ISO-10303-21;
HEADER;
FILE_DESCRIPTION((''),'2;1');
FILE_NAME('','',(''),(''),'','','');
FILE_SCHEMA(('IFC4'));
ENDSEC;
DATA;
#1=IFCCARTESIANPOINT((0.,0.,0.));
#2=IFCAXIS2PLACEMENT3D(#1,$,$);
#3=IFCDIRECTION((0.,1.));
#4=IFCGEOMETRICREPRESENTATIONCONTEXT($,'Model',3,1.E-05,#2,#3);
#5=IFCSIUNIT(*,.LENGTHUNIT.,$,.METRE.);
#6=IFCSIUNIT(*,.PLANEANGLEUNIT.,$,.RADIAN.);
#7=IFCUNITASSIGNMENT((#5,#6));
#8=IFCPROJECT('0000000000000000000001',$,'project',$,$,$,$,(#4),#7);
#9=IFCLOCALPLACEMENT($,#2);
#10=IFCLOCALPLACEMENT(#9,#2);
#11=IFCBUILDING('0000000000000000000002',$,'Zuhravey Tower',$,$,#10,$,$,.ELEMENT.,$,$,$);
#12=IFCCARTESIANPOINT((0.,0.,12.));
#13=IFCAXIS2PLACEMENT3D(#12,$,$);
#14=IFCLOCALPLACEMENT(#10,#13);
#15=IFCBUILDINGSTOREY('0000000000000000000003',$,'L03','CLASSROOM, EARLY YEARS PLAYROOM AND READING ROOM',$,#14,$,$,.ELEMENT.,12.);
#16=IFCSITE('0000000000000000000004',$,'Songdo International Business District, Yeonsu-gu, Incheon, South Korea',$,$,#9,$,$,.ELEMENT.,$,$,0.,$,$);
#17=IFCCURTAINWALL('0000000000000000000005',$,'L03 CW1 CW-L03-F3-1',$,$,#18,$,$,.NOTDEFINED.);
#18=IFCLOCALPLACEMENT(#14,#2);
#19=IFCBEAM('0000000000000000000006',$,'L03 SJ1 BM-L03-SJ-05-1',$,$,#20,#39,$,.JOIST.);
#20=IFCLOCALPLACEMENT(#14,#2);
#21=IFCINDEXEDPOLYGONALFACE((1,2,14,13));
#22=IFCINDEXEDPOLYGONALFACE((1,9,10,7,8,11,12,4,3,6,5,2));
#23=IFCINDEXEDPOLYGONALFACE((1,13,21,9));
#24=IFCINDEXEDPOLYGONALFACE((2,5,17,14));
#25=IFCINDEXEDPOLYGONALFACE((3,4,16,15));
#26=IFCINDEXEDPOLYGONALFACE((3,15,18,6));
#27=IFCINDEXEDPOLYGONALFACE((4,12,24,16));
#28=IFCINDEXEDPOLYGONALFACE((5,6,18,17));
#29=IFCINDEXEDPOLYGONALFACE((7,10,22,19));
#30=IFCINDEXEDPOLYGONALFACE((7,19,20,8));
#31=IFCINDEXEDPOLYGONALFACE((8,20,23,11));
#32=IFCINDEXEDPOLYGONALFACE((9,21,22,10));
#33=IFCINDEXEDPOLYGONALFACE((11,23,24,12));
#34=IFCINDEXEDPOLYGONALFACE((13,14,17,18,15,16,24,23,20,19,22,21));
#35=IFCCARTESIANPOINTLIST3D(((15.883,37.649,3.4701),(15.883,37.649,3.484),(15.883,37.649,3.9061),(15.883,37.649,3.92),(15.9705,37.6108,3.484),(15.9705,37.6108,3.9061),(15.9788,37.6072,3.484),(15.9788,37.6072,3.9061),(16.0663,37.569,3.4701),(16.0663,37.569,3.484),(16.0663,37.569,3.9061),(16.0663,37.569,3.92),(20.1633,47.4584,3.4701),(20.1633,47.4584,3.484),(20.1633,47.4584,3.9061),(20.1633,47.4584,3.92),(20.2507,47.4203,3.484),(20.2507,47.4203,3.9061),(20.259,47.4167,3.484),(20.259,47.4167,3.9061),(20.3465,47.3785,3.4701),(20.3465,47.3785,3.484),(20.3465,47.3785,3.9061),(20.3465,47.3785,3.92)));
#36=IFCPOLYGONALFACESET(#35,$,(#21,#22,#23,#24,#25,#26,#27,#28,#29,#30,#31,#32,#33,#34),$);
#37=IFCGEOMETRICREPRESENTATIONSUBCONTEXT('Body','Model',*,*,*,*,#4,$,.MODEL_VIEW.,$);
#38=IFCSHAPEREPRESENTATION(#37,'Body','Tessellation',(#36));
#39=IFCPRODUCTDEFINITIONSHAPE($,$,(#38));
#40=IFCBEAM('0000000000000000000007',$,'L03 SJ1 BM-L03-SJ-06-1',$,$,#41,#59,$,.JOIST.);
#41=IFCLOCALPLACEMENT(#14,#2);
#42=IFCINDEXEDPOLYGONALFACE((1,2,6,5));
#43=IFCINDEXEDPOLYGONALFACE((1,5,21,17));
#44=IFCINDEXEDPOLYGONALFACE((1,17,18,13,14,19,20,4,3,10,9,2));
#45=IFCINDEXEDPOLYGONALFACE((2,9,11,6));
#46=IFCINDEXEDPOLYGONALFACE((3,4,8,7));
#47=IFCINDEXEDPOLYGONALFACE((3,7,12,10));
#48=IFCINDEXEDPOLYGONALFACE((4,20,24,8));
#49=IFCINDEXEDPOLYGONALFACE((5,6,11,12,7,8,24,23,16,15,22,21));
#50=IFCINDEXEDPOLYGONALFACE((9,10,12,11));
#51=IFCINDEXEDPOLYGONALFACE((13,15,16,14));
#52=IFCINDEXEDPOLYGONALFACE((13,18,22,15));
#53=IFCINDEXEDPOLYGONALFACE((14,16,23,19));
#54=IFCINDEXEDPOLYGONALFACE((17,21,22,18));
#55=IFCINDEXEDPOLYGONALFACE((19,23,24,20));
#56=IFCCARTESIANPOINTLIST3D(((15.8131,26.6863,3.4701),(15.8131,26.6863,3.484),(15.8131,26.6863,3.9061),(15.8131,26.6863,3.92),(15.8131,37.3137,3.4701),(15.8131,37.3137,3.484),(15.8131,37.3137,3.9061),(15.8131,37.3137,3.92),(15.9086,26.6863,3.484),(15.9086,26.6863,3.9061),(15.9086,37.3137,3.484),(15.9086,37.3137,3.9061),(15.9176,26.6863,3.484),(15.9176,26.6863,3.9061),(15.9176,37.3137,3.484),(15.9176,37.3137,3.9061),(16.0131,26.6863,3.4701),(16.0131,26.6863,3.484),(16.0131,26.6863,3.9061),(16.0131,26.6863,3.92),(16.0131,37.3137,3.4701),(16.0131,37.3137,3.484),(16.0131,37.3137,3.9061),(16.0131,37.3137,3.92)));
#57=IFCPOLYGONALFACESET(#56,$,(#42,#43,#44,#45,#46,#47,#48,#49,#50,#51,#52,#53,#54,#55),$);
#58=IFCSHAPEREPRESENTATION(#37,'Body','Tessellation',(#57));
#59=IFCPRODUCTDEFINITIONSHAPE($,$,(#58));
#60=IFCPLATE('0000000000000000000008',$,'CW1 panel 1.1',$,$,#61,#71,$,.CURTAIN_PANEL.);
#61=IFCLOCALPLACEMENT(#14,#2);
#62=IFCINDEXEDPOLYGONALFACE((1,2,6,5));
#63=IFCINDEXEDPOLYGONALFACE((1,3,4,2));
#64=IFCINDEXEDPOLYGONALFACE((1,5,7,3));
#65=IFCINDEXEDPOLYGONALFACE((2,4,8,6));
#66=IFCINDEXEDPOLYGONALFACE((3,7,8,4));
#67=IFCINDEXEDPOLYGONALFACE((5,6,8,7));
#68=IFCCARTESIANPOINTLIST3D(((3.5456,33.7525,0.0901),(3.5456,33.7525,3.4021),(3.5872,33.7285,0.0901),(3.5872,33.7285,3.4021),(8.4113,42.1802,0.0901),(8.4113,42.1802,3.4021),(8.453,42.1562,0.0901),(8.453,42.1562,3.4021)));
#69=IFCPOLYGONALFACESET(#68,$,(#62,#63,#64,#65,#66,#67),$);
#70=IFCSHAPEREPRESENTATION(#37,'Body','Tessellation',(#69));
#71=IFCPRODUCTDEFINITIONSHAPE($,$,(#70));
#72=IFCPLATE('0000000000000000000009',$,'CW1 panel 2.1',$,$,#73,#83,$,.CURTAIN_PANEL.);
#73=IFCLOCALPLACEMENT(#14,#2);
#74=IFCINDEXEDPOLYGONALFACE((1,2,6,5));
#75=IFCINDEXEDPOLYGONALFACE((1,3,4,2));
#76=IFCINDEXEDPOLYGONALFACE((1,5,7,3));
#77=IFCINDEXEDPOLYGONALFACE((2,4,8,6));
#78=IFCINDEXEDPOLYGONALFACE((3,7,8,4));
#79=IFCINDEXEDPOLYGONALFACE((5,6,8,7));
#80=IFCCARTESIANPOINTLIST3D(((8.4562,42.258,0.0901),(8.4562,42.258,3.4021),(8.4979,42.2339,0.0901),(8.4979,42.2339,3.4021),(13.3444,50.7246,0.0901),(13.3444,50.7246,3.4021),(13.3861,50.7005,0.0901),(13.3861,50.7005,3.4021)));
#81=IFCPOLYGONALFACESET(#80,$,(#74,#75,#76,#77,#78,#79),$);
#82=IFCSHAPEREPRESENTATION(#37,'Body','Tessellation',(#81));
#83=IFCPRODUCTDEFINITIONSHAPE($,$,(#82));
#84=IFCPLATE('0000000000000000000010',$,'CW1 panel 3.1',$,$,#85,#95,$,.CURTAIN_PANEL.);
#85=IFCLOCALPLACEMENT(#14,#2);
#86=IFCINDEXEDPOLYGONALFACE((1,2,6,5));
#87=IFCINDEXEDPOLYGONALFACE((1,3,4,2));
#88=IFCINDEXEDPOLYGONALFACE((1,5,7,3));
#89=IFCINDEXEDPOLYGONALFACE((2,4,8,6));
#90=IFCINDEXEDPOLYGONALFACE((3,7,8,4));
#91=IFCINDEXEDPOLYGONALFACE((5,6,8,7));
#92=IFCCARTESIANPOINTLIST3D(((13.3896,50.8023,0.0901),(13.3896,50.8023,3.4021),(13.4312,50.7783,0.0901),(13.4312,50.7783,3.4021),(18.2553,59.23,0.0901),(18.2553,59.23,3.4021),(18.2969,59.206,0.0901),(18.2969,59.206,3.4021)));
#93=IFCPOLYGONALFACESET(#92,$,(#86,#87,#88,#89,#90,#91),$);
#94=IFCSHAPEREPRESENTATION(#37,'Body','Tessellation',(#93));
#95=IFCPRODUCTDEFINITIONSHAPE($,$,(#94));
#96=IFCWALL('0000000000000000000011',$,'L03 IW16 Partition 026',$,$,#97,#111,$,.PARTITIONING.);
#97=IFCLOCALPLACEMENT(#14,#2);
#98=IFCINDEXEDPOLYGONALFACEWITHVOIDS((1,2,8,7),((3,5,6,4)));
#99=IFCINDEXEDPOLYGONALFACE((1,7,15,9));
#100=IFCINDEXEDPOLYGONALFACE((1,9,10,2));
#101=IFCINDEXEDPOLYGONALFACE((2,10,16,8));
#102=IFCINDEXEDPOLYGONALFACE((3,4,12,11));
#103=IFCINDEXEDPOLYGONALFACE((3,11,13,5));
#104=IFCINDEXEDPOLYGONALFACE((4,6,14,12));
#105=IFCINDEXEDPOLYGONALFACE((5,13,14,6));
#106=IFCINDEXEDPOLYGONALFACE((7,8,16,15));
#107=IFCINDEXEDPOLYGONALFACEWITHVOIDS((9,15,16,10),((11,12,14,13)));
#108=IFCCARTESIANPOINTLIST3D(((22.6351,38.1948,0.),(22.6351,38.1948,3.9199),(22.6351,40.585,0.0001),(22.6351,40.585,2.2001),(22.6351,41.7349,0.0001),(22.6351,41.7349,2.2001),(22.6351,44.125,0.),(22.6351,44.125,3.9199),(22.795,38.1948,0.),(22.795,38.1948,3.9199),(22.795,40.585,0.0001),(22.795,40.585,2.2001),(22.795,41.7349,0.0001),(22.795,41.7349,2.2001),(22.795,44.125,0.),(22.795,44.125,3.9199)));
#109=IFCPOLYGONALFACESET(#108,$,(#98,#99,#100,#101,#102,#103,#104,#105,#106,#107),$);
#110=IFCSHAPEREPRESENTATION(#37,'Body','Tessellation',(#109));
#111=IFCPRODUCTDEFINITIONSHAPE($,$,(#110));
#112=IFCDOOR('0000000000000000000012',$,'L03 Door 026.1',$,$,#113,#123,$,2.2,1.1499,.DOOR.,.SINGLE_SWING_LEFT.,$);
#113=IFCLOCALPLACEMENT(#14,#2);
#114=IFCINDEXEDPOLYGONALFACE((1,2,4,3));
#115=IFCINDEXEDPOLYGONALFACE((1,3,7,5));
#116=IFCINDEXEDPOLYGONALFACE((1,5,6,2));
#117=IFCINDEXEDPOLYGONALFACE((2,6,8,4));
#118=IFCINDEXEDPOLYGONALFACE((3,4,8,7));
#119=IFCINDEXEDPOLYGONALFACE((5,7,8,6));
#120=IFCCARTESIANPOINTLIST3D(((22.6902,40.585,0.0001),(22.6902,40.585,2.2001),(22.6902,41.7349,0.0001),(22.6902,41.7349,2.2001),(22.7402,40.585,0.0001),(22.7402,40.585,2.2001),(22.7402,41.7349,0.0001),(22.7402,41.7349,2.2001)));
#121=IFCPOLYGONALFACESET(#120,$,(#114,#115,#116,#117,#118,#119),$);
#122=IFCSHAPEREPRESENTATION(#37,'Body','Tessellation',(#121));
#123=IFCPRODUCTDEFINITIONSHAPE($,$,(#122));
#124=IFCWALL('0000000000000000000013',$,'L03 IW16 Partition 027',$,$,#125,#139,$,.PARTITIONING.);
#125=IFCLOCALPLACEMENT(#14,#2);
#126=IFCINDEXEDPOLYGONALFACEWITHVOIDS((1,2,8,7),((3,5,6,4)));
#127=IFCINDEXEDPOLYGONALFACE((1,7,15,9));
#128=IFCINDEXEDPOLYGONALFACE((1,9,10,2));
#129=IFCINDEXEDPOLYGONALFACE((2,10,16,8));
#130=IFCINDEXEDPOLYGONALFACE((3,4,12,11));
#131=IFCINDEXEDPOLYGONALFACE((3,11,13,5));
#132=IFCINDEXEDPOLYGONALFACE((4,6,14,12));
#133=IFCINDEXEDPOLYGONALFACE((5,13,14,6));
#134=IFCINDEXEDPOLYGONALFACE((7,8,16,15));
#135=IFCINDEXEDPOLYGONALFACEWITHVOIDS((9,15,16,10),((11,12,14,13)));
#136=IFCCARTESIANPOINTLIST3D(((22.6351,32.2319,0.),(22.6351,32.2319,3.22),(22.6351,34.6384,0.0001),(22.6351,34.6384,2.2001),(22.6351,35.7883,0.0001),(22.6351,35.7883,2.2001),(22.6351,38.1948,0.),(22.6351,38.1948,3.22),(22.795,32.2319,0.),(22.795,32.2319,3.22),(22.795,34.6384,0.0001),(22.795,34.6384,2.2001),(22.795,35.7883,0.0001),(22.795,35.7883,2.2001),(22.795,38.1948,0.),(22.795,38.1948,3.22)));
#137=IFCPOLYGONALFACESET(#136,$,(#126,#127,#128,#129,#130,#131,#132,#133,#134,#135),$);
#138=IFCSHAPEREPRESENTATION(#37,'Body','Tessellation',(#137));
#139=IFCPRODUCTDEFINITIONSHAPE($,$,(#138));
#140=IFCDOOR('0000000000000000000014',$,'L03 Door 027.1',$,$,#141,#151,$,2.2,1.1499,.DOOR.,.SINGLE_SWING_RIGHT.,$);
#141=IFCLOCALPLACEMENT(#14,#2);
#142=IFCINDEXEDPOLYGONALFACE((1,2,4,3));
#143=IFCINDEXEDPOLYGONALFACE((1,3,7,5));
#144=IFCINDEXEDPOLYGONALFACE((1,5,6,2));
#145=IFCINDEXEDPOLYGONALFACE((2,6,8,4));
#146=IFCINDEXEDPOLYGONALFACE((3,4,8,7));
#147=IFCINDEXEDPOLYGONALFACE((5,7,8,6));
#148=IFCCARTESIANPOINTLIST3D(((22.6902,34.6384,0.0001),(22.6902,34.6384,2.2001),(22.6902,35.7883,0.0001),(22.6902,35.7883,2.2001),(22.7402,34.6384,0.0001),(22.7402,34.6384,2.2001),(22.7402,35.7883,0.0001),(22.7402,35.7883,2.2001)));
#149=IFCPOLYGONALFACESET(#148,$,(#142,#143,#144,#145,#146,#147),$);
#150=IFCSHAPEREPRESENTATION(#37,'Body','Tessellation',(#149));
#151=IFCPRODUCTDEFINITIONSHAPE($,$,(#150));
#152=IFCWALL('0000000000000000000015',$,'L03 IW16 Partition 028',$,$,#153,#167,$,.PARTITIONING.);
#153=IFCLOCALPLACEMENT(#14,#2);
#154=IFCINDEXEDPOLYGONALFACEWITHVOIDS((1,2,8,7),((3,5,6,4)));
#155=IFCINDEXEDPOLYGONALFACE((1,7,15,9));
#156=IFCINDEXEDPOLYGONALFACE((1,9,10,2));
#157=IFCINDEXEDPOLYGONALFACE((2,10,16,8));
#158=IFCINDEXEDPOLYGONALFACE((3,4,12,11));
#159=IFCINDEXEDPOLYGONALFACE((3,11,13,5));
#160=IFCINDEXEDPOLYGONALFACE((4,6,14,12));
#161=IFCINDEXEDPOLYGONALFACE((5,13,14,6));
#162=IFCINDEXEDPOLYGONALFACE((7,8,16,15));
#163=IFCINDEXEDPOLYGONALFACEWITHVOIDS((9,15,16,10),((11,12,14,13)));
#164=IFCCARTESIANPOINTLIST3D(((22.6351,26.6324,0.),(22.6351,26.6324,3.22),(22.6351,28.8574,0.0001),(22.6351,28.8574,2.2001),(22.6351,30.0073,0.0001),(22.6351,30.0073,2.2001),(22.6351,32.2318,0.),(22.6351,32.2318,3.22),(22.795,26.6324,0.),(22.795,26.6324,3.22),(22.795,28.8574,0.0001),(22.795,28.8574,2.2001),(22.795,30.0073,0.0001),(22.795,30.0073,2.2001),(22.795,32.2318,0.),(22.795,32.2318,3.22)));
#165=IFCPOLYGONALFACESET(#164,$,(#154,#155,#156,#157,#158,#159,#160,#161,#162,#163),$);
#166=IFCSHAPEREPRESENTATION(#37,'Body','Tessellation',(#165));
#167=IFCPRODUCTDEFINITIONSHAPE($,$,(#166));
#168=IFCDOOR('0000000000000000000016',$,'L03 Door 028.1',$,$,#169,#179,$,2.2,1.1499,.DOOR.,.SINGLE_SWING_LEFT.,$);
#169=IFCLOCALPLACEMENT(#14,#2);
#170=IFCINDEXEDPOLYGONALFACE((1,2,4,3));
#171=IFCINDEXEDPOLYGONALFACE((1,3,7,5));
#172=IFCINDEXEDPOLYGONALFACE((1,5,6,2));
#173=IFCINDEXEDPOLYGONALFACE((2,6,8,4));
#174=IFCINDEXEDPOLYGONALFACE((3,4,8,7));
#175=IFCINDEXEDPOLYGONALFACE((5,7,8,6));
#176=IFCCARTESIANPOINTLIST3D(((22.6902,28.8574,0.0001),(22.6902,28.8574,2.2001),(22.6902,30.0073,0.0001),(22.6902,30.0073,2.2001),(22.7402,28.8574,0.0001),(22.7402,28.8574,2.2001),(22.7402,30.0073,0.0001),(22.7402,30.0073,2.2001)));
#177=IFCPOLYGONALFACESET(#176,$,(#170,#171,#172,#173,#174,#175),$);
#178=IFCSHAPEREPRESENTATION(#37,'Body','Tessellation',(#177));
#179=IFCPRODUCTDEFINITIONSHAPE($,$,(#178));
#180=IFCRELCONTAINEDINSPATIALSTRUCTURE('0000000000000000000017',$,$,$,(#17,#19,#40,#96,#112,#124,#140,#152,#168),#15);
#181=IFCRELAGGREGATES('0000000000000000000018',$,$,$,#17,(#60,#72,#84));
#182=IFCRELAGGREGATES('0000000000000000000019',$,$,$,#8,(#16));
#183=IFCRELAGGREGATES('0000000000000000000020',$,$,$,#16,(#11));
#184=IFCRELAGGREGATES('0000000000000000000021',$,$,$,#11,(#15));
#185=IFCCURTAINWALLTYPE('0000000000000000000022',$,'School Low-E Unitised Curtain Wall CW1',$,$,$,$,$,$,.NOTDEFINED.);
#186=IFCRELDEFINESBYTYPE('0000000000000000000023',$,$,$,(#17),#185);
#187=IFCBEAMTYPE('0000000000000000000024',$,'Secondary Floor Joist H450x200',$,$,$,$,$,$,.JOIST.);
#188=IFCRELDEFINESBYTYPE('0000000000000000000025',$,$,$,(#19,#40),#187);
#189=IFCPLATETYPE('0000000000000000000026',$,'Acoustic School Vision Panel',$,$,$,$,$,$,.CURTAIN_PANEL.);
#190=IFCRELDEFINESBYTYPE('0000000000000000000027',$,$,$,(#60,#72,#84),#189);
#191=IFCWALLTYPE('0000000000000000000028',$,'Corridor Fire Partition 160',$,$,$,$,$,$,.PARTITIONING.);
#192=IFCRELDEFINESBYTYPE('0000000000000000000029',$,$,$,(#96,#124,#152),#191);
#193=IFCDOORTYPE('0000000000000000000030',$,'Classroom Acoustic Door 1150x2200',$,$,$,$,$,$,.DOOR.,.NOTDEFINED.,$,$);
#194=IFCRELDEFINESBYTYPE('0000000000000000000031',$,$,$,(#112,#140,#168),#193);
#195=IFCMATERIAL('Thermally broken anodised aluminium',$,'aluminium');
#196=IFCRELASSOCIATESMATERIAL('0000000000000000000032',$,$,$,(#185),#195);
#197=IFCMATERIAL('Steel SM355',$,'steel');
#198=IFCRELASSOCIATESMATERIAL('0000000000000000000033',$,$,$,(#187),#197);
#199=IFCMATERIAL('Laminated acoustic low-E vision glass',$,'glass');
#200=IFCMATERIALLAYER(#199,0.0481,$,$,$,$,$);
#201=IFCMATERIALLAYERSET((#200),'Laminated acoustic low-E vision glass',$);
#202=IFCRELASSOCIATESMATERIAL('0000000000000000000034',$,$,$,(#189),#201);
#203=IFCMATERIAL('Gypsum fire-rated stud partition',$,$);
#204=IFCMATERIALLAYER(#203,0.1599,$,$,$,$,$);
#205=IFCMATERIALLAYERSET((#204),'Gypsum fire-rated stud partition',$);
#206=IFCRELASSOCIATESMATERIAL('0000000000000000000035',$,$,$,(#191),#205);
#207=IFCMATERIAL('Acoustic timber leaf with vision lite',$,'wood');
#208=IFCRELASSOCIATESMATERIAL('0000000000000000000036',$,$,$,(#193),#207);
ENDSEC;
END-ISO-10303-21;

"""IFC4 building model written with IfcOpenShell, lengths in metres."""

from ifc_helpers import new_model, si_unit, direction, frame, frame_2d, origin, origin_2d, place, context, subcontext, project, spatial, rectangle, i_section, extrude, material, layer, layer_set, material_profile, profile_set, type_object, element, fill, aggregate, save


model = new_model("IFC4")

# Units and contexts
model_context = context("Model", 3, precision=1e-05, world=origin(), true_north=direction((0.0, 1.0)))
body_context = subcontext(model_context, "Body", "Model", "MODEL_VIEW")
ifc_project = project(units=[si_unit("LENGTHUNIT", "METRE"), si_unit("PLANEANGLEUNIT", "RADIAN")], contexts=[model_context])

# Site, building, storey
site_placement = place(None, origin())
site = spatial("IfcSite", under=ifc_project, at=site_placement, Name="Songdo International Business District, Yeonsu-gu, Incheon, South Korea", CompositionType="ELEMENT", RefElevation=0.0)
building_placement = place(site_placement, origin())
building = spatial("IfcBuilding", under=site, at=building_placement, Name="Zuhravey Tower", CompositionType="ELEMENT")
storey_placement = place(building_placement, frame((0.0, 0.0, 12.0)))
storey = spatial("IfcBuildingStorey", under=building, at=storey_placement, Name="L03", Description="CLASSROOM, EARLY YEARS PLAYROOM AND READING ROOM", CompositionType="ELEMENT", Elevation=12.0)

# Curtain wall
ifc_material_1 = material(Name="Thermally broken anodised aluminium", Category="aluminium")
curtain_wall_type = type_object("IfcCurtainWallType", Name="School Low-E Unitised Curtain Wall CW1", PredefinedType="NOTDEFINED", material=ifc_material_1)
curtain_wall_1_placement = place(storey_placement, origin())
curtain_wall_1 = element("IfcCurtainWall", 1, at=curtain_wall_1_placement, inside=storey, type_object=curtain_wall_type, Name="L03 CW1 CW-L03-F3-1", PredefinedType="NOTDEFINED")

# Beams
ifc_material_2 = material(Name="Steel SM355", Category="steel")
ifc_material_profile_1 = material_profile(ifc_material_2, i_section(OverallWidth=0.2, OverallDepth=0.45, WebThickness=0.009, FlangeThickness=0.0139, at=origin_2d()), Name="H-450x200x9x14")
ifc_profile_set_1 = profile_set([ifc_material_profile_1], Name="Steel SM355")
beam_type_1 = type_object("IfcBeamType", Name="Secondary Floor Joist H450x200", PredefinedType="JOIST", material=ifc_profile_set_1)
beam_1_placement = place(storey_placement, frame((20.2549, 47.4185, 3.6951), z_axis=(-0.399924, -0.916549, 0.0), x_axis=(0.916549, -0.399924, 0.0)))
element("IfcBeam", 2, at=beam_1_placement, inside=storey, type_object=beam_type_1, Name="L03 SJ1 BM-L03-SJ-05-1", PredefinedType="JOIST", context=body_context, shape_type="SweptSolid", body=[
    extrude(i_section(OverallWidth=0.2, OverallDepth=0.45, WebThickness=0.009, FlangeThickness=0.0139, at=origin_2d()), origin(), (0.0, 0.0, 1.0), 10.7026),
])
beam_2_placement = place(storey_placement, frame((15.9131, 37.3137, 3.6951), z_axis=(0.0, -1.0, 0.0), x_axis=(1.0, 0.0, 0.0)))
element("IfcBeam", 3, at=beam_2_placement, inside=storey, type_object=beam_type_1, Name="L03 SJ1 BM-L03-SJ-06-1", PredefinedType="JOIST", context=body_context, shape_type="SweptSolid", body=[
    extrude(i_section(OverallWidth=0.2, OverallDepth=0.45, WebThickness=0.009, FlangeThickness=0.0139, at=origin_2d()), origin(), (0.0, 0.0, 1.0), 10.6274),
])

# Plates
ifc_material_3 = material(Name="Laminated acoustic low-E vision glass", Category="glass")
ifc_layer_1 = layer(ifc_material_3, 0.0481)
ifc_layer_set_1 = layer_set([ifc_layer_1], Name="Laminated acoustic low-E vision glass")
plate_type = type_object("IfcPlateType", Name="Acoustic School Vision Panel", PredefinedType="CURTAIN_PANEL", material=ifc_layer_set_1)
plate_1_placement = place(storey_placement, frame((5.9993, 37.9543, 0.0901), z_axis=(0.0, 0.0, 1.0), x_axis=(0.5, 0.866026, 0.0)))
plate_1 = element("IfcPlate", 4, at=plate_1_placement, type_object=plate_type, Name="CW1 panel 1.1", PredefinedType="CURTAIN_PANEL", context=body_context, shape_type="SweptSolid", body=[
    extrude(rectangle(XDim=9.7314, YDim=0.0481, at=origin_2d()), origin(), (0.0, 0.0, 1.0), 3.312),
])
plate_2_placement = place(storey_placement, frame((10.9211, 46.4792, 0.0901), z_axis=(0.0, 0.0, 1.0), x_axis=(0.5, 0.866026, 0.0)))
plate_2 = element("IfcPlate", 5, at=plate_2_placement, type_object=plate_type, Name="CW1 panel 2.1", PredefinedType="CURTAIN_PANEL", context=body_context, shape_type="SweptSolid", body=[
    extrude(rectangle(XDim=9.7764, YDim=0.0481, at=origin_2d()), origin(), (0.0, 0.0, 1.0), 3.312),
])
plate_3_placement = place(storey_placement, frame((15.8433, 55.0042, 0.0901), z_axis=(0.0, 0.0, 1.0), x_axis=(0.5, 0.866026, 0.0)))
plate_3 = element("IfcPlate", 6, at=plate_3_placement, type_object=plate_type, Name="CW1 panel 3.1", PredefinedType="CURTAIN_PANEL", context=body_context, shape_type="SweptSolid", body=[
    extrude(rectangle(XDim=9.7314, YDim=0.0481, at=origin_2d()), origin(), (0.0, 0.0, 1.0), 3.312),
])
aggregate(curtain_wall_1, [plate_1, plate_2, plate_3])

# Walls, openings, doors
ifc_material_4 = material(Name="Gypsum fire-rated stud partition")
ifc_layer_2 = layer(ifc_material_4, 0.1599)
ifc_layer_set_2 = layer_set([ifc_layer_2], Name="Gypsum fire-rated stud partition")
wall_type_1 = type_object("IfcWallType", Name="Corridor Fire Partition 160", PredefinedType="PARTITIONING", material=ifc_layer_set_2)
wall_1_placement = place(storey_placement, frame((22.7151, 44.125, 0.0), z_axis=(0.0, 0.0, 1.0), x_axis=(0.0, -1.0, 0.0)))
wall_1 = element("IfcWall", 7, at=wall_1_placement, inside=storey, type_object=wall_type_1, Name="L03 IW16 Partition 026", PredefinedType="PARTITIONING", context=body_context, shape_type="SweptSolid", body=[
    extrude(rectangle(XDim=5.9302, YDim=0.1599, at=frame_2d((2.9651, 0.0))), origin(), (0.0, 0.0, 1.0), 3.9199),
])
opening_1_placement = place(wall_1_placement, frame((2.3901, 0.0, 0.0)))
opening_1 = element("IfcOpeningElement", 8, at=opening_1_placement, cuts=wall_1, PredefinedType="OPENING", context=body_context, shape_type="SweptSolid", body=[
    extrude(rectangle(XDim=1.1499, YDim=2.2, at=frame_2d((0.575, 1.1001))), frame((0.0, 0.092, 0.0), z_axis=(0.0, -1.0, 0.0), x_axis=(1.0, 0.0, 0.0)), (0.0, 0.0, 1.0), 0.1838),
])
ifc_material_5 = material(Name="Acoustic timber leaf with vision lite", Category="wood")
door_type = type_object("IfcDoorType", Name="Classroom Acoustic Door 1150x2200", OperationType="NOTDEFINED", PredefinedType="DOOR", material=ifc_material_5)
door_1_placement = place(opening_1_placement, frame((1.1499, 0.0, 0.0), z_axis=(0.0, 0.0, 1.0), x_axis=(-1.0, 0.0, 0.0)))
door_1 = element("IfcDoor", 9, at=door_1_placement, inside=storey, type_object=door_type, Name="L03 Door 026.1", OperationType="SINGLE_SWING_LEFT", OverallHeight=2.2, OverallWidth=1.1499, PredefinedType="DOOR", context=body_context, shape_type="SweptSolid", body=[
    extrude(rectangle(XDim=1.1499, YDim=2.2, at=frame_2d((0.575, 1.1001))), frame((0.0, 0.0249, 0.0), z_axis=(0.0, -1.0, 0.0), x_axis=(1.0, 0.0, 0.0)), (0.0, 0.0, 1.0), 0.05),
])
fill(opening_1, door_1)
wall_2_placement = place(storey_placement, frame((22.7151, 38.1948, 0.0), z_axis=(0.0, 0.0, 1.0), x_axis=(0.0, -1.0, 0.0)))
wall_2 = element("IfcWall", 10, at=wall_2_placement, inside=storey, type_object=wall_type_1, Name="L03 IW16 Partition 027", PredefinedType="PARTITIONING", context=body_context, shape_type="SweptSolid", body=[
    extrude(rectangle(XDim=5.9629, YDim=0.1599, at=frame_2d((2.9814, 0.0))), origin(), (0.0, 0.0, 1.0), 3.22),
])
opening_2_placement = place(wall_2_placement, frame((2.4065, 0.0, 0.0)))
opening_2 = element("IfcOpeningElement", 11, at=opening_2_placement, cuts=wall_2, PredefinedType="OPENING", context=body_context, shape_type="SweptSolid", body=[
    extrude(rectangle(XDim=1.1499, YDim=2.2, at=frame_2d((0.575, 1.1001))), frame((0.0, 0.092, 0.0), z_axis=(0.0, -1.0, 0.0), x_axis=(1.0, 0.0, 0.0)), (0.0, 0.0, 1.0), 0.1838),
])
door_2_placement = place(opening_2_placement, frame((1.1499, 0.0, 0.0), z_axis=(0.0, 0.0, 1.0), x_axis=(-1.0, 0.0, 0.0)))
door_2 = element("IfcDoor", 12, at=door_2_placement, inside=storey, type_object=door_type, Name="L03 Door 027.1", OperationType="SINGLE_SWING_RIGHT", OverallHeight=2.2, OverallWidth=1.1499, PredefinedType="DOOR", context=body_context, shape_type="SweptSolid", body=[
    extrude(rectangle(XDim=1.1499, YDim=2.2, at=frame_2d((0.575, 1.1001))), frame((0.0, 0.0249, 0.0), z_axis=(0.0, -1.0, 0.0), x_axis=(1.0, 0.0, 0.0)), (0.0, 0.0, 1.0), 0.05),
])
fill(opening_2, door_2)
wall_3_placement = place(storey_placement, frame((22.7151, 32.2319, 0.0), z_axis=(0.0, 0.0, 1.0), x_axis=(0.0, -1.0, 0.0)))
wall_3 = element("IfcWall", 13, at=wall_3_placement, inside=storey, type_object=wall_type_1, Name="L03 IW16 Partition 028", PredefinedType="PARTITIONING", context=body_context, shape_type="SweptSolid", body=[
    extrude(rectangle(XDim=5.5994, YDim=0.1599, at=frame_2d((2.7998, 0.0))), origin(), (0.0, 0.0, 1.0), 3.22),
])
opening_3_placement = place(wall_3_placement, frame((2.2246, 0.0, 0.0)))
opening_3 = element("IfcOpeningElement", 14, at=opening_3_placement, cuts=wall_3, PredefinedType="OPENING", context=body_context, shape_type="SweptSolid", body=[
    extrude(rectangle(XDim=1.1499, YDim=2.2, at=frame_2d((0.575, 1.1001))), frame((0.0, 0.092, 0.0), z_axis=(0.0, -1.0, 0.0), x_axis=(1.0, 0.0, 0.0)), (0.0, 0.0, 1.0), 0.1838),
])
door_3_placement = place(opening_3_placement, frame((1.1499, 0.0, 0.0), z_axis=(0.0, 0.0, 1.0), x_axis=(-1.0, 0.0, 0.0)))
door_3 = element("IfcDoor", 15, at=door_3_placement, inside=storey, type_object=door_type, Name="L03 Door 028.1", OperationType="SINGLE_SWING_LEFT", OverallHeight=2.2, OverallWidth=1.1499, PredefinedType="DOOR", context=body_context, shape_type="SweptSolid", body=[
    extrude(rectangle(XDim=1.1499, YDim=2.2, at=frame_2d((0.575, 1.1001))), frame((0.0, 0.0249, 0.0), z_axis=(0.0, -1.0, 0.0), x_axis=(1.0, 0.0, 0.0)), (0.0, 0.0, 1.0), 0.05),
])
fill(opening_3, door_3)

save(model, "model.ifc")
